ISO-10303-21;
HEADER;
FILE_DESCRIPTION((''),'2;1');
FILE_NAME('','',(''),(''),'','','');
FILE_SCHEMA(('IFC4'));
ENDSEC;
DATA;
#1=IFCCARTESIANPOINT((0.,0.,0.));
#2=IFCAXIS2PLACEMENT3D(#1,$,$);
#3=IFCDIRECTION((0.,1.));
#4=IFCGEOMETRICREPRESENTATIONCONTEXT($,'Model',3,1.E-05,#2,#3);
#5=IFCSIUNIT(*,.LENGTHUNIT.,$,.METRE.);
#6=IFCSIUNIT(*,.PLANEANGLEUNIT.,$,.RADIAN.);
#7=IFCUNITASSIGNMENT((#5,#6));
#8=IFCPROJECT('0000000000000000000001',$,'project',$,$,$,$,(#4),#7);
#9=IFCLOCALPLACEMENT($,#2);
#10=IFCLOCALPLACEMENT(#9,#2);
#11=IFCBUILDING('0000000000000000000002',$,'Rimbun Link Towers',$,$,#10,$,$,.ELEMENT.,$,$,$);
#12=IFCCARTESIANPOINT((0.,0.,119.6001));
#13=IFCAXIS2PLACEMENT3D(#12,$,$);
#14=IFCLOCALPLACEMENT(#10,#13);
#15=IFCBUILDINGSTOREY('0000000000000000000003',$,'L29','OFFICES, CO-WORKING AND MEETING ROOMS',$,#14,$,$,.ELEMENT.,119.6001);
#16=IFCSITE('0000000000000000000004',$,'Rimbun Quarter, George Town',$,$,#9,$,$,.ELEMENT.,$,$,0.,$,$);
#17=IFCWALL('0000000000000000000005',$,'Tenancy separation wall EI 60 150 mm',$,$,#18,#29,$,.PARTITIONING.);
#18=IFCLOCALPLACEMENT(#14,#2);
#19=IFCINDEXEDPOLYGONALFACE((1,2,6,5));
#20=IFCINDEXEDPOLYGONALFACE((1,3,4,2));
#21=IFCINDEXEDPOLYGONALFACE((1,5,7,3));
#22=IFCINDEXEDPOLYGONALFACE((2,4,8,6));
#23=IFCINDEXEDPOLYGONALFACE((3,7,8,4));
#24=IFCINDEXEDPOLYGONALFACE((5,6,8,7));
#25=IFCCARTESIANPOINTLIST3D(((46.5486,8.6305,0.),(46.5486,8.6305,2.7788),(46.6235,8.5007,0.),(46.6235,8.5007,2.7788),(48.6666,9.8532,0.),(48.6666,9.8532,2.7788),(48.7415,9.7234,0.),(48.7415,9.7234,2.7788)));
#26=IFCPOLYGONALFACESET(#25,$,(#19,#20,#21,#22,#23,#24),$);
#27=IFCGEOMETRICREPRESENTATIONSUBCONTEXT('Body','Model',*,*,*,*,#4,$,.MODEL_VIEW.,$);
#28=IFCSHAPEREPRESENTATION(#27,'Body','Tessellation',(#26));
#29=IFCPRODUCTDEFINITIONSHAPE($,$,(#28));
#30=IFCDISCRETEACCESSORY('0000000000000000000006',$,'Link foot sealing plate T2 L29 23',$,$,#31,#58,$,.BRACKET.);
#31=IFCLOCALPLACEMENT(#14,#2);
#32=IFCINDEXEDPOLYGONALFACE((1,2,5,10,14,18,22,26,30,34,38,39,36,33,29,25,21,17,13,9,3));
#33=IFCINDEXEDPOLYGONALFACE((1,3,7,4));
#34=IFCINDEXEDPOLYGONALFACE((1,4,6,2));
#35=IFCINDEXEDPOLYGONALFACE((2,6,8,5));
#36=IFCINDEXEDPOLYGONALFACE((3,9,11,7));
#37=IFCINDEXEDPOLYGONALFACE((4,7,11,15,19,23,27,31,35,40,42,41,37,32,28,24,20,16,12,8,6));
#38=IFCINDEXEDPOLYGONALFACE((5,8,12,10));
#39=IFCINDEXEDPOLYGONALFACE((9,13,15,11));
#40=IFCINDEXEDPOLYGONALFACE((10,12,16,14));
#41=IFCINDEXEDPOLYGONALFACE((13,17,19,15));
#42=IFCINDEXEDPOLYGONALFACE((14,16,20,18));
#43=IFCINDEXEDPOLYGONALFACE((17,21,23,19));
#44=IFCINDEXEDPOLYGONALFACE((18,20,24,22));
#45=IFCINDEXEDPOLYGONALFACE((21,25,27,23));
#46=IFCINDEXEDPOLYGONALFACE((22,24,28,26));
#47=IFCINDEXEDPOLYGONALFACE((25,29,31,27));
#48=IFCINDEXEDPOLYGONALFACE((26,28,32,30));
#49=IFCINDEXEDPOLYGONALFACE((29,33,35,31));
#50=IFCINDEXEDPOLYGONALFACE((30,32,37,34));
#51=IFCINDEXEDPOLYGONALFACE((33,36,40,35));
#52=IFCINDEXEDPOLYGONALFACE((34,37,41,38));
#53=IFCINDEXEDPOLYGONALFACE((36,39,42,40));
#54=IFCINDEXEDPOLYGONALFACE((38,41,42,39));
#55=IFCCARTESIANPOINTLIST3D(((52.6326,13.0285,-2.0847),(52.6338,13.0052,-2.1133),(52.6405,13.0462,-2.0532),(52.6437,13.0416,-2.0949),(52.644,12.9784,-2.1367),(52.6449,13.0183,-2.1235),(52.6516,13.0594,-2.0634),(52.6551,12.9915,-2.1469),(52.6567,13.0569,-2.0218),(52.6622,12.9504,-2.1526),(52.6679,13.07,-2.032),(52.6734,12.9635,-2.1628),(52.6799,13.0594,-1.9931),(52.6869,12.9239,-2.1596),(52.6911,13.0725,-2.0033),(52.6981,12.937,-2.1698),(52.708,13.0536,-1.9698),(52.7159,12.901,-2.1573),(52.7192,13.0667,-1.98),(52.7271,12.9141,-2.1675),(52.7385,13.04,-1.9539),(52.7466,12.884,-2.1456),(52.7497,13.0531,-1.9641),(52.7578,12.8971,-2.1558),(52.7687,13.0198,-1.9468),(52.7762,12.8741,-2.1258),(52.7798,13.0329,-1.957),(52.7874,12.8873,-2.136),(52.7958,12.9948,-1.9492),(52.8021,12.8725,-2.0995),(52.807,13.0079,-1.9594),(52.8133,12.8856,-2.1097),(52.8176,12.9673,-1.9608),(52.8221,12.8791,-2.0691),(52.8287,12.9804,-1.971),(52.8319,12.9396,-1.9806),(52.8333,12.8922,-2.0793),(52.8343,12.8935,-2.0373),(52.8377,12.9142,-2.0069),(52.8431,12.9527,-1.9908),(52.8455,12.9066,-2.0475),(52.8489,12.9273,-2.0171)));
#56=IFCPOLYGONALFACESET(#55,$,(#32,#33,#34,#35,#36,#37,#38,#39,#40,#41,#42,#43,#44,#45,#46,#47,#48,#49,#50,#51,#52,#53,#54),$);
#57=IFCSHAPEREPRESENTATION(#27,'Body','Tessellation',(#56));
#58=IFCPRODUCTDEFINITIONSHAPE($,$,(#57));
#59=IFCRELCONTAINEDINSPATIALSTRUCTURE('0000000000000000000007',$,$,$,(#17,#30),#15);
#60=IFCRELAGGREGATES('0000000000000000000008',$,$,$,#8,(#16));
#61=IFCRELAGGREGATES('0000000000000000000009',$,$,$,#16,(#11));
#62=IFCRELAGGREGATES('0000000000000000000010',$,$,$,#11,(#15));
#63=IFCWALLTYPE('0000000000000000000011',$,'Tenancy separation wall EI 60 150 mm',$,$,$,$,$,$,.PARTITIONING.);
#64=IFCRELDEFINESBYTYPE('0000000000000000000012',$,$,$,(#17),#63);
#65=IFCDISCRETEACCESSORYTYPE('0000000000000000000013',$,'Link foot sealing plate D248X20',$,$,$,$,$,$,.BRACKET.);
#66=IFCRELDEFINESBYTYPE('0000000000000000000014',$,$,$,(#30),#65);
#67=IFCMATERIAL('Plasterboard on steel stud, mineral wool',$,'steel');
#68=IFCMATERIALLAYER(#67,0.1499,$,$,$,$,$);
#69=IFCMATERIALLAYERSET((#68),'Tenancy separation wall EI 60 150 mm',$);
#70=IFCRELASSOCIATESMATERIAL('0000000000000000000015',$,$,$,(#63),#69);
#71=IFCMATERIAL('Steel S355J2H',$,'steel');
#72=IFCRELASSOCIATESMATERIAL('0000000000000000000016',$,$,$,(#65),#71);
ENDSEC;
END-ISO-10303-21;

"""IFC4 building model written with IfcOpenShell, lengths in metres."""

from ifc_helpers import new_model, si_unit, direction, frame, frame_2d, origin, origin_2d, place, context, subcontext, project, spatial, rectangle, circle, extrude, material, layer, layer_set, material_profile, profile_set, type_object, element, save


model = new_model("IFC4")

# Units and contexts
model_context = context("Model", 3, precision=1e-05, world=origin(), true_north=direction((0.0, 1.0)))
body_context = subcontext(model_context, "Body", "Model", "MODEL_VIEW")
ifc_project = project(units=[si_unit("LENGTHUNIT", "METRE"), si_unit("PLANEANGLEUNIT", "RADIAN")], contexts=[model_context])

# Site, building, storey
site_placement = place(None, origin())
site = spatial("IfcSite", under=ifc_project, at=site_placement, Name="Rimbun Quarter, George Town", CompositionType="ELEMENT", RefElevation=0.0)
building_placement = place(site_placement, origin())
building = spatial("IfcBuilding", under=site, at=building_placement, Name="Rimbun Link Towers", CompositionType="ELEMENT")
storey_placement = place(building_placement, frame((0.0, 0.0, 119.6001)))
storey = spatial("IfcBuildingStorey", under=building, at=storey_placement, Name="L29", Description="OFFICES, CO-WORKING AND MEETING ROOMS", CompositionType="ELEMENT", Elevation=119.6001)

# Wall
ifc_material_1 = material(Name="Plasterboard on steel stud, mineral wool", Category="steel")
ifc_layer_1 = layer(ifc_material_1, 0.1499)
ifc_layer_set_1 = layer_set([ifc_layer_1], Name="Tenancy separation wall EI 60 150 mm")
wall_type_1 = type_object("IfcWallType", Name="Tenancy separation wall EI 60 150 mm", PredefinedType="PARTITIONING", material=ifc_layer_set_1)
wall_1_placement = place(storey_placement, frame((46.5862, 8.5657, 0.0), z_axis=(0.0, 0.0, 1.0), x_axis=(0.866048, 0.499962, 0.0)))
element("IfcWall", 1, at=wall_1_placement, inside=storey, type_object=wall_type_1, Name="Tenancy separation wall EI 60 150 mm", PredefinedType="PARTITIONING", context=body_context, shape_type="SweptSolid", body=[
    extrude(rectangle(XDim=2.4456, YDim=0.1499, at=frame_2d((1.2227, 0.0))), origin(), (0.0, 0.0, 1.0), 2.7788),
])

# Discrete accessory
ifc_material_2 = material(Name="Steel S355J2H", Category="steel")
ifc_material_profile_1 = material_profile(ifc_material_2, circle(Radius=0.124, at=origin_2d()), Name="PL D248")
ifc_profile_set_1 = profile_set([ifc_material_profile_1], Name="Steel S355J2H")
discrete_accessory_type = type_object("IfcDiscreteAccessoryType", Name="Link foot sealing plate D248X20", PredefinedType="BRACKET", material=ifc_profile_set_1)
discrete_accessory_placement = place(storey_placement, frame((52.7349, 12.9658, -2.0532), z_axis=(0.557996, 0.655039, -0.509475), x_axis=(-0.761243, 0.648466, 0.0)))
element("IfcDiscreteAccessory", 2, at=discrete_accessory_placement, inside=storey, type_object=discrete_accessory_type, Name="Link foot sealing plate T2 L29 23", PredefinedType="BRACKET", context=body_context, shape_type="SweptSolid", body=[
    extrude(circle(Radius=0.124, at=origin_2d()), origin(), (0.0, 0.0, 1.0), 0.02),
])

save(model, "model.ifc")
